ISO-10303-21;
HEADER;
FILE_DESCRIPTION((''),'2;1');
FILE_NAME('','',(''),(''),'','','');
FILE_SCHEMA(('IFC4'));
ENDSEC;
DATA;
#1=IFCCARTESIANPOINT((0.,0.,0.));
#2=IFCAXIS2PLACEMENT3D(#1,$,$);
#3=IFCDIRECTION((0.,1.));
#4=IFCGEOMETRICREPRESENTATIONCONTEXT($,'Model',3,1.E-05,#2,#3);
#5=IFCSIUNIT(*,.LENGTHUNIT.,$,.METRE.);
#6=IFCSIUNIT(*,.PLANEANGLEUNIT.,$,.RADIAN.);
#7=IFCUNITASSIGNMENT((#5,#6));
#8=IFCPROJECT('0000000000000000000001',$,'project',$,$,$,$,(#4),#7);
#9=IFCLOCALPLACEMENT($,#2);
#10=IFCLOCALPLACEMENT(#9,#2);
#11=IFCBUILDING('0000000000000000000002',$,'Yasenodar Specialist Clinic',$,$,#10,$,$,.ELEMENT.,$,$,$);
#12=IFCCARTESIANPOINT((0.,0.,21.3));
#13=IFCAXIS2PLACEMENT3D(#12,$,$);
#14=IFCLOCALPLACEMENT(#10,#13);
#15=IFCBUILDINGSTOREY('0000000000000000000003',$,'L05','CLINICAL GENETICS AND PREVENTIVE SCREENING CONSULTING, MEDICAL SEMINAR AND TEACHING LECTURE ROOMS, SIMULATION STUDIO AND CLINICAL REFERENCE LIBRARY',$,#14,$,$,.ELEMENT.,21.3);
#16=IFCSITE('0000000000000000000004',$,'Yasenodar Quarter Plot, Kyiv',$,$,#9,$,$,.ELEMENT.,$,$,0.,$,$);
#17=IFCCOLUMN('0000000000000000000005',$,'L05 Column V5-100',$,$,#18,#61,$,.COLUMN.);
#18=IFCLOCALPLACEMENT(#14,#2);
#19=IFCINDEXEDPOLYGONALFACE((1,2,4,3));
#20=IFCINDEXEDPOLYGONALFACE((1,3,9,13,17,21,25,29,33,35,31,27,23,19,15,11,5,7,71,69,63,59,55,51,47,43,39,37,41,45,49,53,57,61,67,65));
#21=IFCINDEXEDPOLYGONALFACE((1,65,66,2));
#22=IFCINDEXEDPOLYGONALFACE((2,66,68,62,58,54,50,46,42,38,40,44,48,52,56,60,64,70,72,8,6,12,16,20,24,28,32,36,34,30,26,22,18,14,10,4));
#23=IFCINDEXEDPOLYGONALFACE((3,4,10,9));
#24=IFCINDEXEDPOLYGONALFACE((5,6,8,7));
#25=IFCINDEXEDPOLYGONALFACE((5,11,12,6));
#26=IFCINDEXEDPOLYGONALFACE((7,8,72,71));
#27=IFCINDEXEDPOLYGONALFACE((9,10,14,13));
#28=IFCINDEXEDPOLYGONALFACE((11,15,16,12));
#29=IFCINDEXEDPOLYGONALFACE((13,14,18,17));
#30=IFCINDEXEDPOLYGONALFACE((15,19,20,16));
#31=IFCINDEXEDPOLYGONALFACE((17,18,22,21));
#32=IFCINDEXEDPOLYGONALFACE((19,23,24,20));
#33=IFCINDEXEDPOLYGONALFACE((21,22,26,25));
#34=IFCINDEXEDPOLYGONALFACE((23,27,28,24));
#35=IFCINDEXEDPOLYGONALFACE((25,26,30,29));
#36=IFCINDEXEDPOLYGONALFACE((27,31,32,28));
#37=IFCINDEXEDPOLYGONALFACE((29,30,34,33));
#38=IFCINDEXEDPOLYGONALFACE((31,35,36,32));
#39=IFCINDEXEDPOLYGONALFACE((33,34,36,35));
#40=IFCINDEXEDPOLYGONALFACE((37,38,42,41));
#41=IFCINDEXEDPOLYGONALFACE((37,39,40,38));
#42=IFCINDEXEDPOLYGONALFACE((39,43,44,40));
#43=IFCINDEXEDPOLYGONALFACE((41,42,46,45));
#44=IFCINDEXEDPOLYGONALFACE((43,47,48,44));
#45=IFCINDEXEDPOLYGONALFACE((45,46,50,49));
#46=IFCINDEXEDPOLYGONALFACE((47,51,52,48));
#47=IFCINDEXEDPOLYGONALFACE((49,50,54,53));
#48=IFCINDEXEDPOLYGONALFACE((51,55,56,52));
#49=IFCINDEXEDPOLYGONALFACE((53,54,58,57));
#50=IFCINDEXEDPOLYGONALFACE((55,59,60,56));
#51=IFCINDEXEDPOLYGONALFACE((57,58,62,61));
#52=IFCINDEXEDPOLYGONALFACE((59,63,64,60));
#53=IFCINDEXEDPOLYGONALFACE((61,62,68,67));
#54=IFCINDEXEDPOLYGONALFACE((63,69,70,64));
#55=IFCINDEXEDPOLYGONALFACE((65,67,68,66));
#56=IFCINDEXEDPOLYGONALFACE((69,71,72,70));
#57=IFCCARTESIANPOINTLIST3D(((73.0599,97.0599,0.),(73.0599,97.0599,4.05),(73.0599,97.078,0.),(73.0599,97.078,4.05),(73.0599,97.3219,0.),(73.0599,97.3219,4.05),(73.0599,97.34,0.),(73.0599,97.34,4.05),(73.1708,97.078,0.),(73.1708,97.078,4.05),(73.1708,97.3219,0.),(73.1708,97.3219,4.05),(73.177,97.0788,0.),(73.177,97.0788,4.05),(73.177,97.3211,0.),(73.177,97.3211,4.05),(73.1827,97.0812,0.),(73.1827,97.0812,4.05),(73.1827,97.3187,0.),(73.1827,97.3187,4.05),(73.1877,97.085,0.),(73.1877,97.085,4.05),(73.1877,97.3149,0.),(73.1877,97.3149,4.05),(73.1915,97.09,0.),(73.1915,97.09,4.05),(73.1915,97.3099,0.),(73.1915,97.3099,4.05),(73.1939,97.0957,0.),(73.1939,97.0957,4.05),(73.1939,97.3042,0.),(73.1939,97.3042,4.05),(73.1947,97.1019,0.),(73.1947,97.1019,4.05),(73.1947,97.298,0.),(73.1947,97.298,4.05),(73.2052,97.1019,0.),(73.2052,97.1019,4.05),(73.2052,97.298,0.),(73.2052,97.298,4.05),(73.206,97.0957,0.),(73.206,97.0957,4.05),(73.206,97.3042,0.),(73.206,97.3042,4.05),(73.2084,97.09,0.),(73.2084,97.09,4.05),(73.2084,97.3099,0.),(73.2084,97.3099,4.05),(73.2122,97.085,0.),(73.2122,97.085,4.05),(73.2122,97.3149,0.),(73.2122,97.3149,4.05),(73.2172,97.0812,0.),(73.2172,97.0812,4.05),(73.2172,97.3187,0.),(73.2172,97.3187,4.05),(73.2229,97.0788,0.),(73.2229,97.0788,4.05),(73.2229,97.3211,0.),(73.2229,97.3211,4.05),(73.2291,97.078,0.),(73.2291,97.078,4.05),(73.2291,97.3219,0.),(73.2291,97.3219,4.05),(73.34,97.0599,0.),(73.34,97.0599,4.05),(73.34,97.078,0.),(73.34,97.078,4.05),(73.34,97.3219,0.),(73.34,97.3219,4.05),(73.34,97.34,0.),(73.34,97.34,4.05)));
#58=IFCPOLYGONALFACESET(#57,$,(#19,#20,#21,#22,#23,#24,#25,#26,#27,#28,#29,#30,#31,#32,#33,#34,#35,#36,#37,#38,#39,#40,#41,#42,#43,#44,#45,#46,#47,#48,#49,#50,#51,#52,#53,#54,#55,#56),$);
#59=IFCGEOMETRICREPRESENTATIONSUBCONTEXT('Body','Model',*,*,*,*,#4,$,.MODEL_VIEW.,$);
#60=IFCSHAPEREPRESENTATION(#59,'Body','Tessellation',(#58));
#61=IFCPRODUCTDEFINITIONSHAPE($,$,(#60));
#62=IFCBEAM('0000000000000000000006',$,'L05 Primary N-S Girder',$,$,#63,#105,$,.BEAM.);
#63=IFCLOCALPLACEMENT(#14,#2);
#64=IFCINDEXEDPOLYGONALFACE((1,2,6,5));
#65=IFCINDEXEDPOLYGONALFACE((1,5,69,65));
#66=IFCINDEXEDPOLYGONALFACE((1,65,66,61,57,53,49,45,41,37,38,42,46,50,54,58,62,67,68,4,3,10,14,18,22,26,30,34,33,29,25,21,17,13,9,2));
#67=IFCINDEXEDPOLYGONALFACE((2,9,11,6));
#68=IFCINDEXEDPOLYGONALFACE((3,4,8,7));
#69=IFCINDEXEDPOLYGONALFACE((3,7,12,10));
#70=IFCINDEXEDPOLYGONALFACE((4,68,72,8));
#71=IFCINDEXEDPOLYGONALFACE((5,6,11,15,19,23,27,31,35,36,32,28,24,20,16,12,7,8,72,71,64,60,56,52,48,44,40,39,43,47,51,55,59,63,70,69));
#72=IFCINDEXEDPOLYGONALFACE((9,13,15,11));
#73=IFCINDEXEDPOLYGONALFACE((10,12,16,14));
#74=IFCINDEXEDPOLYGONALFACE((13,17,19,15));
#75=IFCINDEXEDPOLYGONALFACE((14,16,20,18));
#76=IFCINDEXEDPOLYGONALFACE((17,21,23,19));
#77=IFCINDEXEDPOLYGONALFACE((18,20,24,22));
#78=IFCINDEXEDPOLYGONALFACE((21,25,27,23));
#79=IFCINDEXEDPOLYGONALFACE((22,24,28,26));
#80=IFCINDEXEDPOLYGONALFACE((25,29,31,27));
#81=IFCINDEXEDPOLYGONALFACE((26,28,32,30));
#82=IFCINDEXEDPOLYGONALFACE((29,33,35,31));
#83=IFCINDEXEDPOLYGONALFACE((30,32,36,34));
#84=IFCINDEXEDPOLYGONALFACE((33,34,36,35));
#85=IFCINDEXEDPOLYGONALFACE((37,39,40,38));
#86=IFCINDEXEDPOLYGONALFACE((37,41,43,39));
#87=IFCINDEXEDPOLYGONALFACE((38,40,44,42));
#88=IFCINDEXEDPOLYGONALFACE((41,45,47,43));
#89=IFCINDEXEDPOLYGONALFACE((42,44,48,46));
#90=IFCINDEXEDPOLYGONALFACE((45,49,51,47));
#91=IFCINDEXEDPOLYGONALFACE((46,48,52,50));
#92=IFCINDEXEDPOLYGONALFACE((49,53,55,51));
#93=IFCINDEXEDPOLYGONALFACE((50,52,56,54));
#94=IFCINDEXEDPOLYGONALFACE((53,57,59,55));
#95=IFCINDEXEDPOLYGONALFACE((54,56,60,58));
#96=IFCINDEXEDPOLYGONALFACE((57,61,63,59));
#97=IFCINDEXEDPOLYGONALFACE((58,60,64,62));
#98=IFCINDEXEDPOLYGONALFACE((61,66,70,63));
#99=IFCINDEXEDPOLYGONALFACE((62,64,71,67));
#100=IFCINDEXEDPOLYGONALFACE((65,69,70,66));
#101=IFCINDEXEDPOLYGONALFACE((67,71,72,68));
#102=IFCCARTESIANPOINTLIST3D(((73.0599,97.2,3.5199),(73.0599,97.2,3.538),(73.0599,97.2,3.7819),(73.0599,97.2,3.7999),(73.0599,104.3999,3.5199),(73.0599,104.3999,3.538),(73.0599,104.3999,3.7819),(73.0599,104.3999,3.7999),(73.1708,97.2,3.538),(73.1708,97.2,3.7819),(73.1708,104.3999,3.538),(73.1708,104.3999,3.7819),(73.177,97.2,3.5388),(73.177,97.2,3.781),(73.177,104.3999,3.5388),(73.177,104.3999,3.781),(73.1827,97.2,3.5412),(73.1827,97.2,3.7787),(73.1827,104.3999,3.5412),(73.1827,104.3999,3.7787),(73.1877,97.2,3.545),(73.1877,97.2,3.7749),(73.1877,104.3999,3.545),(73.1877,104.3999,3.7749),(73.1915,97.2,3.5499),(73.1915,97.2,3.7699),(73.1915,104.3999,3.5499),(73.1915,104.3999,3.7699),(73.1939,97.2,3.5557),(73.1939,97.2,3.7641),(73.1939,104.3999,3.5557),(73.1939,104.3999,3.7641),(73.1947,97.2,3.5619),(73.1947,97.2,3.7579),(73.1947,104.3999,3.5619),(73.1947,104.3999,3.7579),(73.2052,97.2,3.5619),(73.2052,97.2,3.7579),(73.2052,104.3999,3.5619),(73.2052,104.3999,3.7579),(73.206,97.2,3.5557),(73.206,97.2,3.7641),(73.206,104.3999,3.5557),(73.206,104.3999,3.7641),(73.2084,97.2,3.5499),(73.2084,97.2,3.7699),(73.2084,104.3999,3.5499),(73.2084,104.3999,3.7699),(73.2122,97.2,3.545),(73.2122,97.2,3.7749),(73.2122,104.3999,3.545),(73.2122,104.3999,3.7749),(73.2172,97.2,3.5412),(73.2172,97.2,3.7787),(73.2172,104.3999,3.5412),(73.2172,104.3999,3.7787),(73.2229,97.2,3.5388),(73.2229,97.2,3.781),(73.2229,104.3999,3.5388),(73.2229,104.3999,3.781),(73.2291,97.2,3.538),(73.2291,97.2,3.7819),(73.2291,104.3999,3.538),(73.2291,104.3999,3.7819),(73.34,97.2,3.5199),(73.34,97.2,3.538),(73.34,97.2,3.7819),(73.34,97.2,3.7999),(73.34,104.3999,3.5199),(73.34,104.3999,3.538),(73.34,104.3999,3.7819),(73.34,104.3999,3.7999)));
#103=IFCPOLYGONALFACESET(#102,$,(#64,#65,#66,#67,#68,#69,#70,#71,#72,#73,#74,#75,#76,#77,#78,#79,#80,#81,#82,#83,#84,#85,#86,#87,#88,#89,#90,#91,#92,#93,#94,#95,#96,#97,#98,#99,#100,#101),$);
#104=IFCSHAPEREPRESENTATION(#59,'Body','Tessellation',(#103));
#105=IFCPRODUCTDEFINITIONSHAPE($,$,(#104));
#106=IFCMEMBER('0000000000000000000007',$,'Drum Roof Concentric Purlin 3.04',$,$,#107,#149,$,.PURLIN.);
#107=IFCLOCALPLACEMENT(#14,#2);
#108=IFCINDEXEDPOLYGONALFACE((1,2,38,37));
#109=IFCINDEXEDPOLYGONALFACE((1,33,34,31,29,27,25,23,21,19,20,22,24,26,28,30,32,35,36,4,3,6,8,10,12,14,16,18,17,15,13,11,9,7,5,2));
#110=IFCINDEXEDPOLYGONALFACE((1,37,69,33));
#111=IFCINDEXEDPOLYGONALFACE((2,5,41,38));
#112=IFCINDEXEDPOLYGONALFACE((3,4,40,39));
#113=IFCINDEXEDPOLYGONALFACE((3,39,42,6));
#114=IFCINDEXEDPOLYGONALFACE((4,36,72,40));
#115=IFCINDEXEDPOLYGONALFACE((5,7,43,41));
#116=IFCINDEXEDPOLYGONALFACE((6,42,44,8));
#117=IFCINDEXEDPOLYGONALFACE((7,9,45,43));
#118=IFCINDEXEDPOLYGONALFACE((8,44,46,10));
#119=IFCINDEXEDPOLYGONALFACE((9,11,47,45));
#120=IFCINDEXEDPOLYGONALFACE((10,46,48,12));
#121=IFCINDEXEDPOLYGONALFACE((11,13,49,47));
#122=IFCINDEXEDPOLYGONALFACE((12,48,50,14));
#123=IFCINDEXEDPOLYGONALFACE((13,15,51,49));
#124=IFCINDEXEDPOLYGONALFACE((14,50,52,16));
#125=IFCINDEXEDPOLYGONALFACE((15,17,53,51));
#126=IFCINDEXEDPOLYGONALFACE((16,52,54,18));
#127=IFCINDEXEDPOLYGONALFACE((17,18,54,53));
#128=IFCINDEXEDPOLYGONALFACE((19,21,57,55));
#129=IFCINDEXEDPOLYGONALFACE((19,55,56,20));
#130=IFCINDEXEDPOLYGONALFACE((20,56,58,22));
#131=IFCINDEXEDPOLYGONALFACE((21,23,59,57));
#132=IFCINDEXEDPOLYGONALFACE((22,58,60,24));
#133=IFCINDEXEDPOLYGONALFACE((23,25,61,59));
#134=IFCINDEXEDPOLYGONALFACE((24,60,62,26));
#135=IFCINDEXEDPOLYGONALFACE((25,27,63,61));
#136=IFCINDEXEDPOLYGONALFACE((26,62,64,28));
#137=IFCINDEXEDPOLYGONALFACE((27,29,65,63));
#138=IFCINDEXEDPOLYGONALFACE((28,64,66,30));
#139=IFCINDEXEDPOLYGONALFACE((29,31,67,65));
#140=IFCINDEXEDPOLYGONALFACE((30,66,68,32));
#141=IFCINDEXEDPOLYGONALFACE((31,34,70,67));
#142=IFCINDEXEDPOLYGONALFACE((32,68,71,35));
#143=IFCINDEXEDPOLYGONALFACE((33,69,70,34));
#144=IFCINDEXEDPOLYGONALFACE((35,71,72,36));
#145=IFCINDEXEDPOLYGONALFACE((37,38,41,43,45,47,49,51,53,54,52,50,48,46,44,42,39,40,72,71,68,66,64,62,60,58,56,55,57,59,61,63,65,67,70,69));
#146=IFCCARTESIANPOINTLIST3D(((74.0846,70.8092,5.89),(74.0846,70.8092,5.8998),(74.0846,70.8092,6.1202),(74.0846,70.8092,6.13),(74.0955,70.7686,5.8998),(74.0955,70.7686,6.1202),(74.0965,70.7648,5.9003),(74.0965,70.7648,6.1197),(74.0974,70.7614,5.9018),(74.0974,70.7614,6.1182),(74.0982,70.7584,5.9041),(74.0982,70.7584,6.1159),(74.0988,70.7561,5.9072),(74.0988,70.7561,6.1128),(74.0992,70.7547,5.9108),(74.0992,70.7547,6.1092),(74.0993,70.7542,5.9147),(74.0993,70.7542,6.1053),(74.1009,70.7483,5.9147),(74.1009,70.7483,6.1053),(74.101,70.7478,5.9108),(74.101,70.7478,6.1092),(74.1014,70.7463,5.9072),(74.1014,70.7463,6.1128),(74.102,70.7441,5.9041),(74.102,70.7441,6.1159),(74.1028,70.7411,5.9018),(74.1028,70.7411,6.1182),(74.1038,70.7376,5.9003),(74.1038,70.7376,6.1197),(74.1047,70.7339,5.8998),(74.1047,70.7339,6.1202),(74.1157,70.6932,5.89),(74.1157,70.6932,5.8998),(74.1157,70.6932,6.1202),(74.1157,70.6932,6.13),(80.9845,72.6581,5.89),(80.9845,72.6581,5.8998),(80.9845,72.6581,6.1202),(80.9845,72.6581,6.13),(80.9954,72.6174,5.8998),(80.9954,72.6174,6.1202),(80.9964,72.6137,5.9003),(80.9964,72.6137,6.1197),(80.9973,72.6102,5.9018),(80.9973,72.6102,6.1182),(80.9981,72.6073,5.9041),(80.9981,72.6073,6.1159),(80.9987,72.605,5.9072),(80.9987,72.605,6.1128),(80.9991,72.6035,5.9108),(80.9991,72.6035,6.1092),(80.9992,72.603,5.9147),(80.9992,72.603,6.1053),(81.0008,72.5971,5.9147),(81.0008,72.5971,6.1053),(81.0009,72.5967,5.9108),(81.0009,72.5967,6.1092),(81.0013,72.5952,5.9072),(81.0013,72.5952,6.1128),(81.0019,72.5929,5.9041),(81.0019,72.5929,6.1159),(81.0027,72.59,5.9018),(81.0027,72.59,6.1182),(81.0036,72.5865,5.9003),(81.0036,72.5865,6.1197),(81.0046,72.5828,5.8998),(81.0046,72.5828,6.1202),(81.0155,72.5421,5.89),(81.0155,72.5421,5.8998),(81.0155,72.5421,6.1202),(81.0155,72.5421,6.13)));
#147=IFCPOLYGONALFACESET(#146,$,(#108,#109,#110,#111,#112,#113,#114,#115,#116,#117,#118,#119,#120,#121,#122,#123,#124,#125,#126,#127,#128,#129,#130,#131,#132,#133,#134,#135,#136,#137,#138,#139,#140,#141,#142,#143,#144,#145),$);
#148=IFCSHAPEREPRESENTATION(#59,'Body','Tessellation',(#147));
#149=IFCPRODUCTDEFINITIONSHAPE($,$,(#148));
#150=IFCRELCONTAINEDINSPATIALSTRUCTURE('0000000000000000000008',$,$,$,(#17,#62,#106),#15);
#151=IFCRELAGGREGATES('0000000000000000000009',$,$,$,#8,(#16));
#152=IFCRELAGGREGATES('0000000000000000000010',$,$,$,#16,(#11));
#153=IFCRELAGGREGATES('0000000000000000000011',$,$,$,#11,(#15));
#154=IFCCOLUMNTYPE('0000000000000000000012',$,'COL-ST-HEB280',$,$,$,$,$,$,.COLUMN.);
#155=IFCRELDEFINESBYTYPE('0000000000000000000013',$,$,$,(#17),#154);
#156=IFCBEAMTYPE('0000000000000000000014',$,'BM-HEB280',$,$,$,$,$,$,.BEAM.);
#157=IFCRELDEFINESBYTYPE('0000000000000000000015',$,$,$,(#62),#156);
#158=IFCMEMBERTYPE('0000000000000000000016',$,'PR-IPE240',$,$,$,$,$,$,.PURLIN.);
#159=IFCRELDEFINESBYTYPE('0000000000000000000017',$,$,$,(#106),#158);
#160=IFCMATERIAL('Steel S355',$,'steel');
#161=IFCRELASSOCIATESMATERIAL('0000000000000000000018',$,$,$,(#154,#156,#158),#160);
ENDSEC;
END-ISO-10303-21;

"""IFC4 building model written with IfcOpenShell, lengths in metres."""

from ifc_helpers import new_model, si_unit, direction, frame, origin, origin_2d, place, context, subcontext, project, spatial, i_section, extrude, material, material_profile, profile_set, type_object, element, save


model = new_model("IFC4")

# Units and contexts
model_context = context("Model", 3, precision=1e-05, world=origin(), true_north=direction((0.0, 1.0)))
body_context = subcontext(model_context, "Body", "Model", "MODEL_VIEW")
ifc_project = project(units=[si_unit("LENGTHUNIT", "METRE"), si_unit("PLANEANGLEUNIT", "RADIAN")], contexts=[model_context])

# Site, building, storey
site_placement = place(None, origin())
site = spatial("IfcSite", under=ifc_project, at=site_placement, Name="Yasenodar Quarter Plot, Kyiv", CompositionType="ELEMENT", RefElevation=0.0)
building_placement = place(site_placement, origin())
building = spatial("IfcBuilding", under=site, at=building_placement, Name="Yasenodar Specialist Clinic", CompositionType="ELEMENT")
storey_placement = place(building_placement, frame((0.0, 0.0, 21.3)))
storey = spatial("IfcBuildingStorey", under=building, at=storey_placement, Name="L05", Description="CLINICAL GENETICS AND PREVENTIVE SCREENING CONSULTING, MEDICAL SEMINAR AND TEACHING LECTURE ROOMS, SIMULATION STUDIO AND CLINICAL REFERENCE LIBRARY", CompositionType="ELEMENT", Elevation=21.3)

# Column
ifc_material_1 = material(Name="Steel S355", Category="steel")
ifc_material_profile_1 = material_profile(ifc_material_1, i_section(OverallWidth=0.28, OverallDepth=0.28, WebThickness=0.0105, FlangeThickness=0.0181, FilletRadius=0.0239, at=origin_2d()), Name="HEB 280")
ifc_profile_set_1 = profile_set([ifc_material_profile_1], Name="Steel S355")
column_type = type_object("IfcColumnType", Name="COL-ST-HEB280", PredefinedType="COLUMN", material=ifc_profile_set_1)
column_placement = place(storey_placement, frame((73.2, 97.2, 0.0), z_axis=(0.0, 0.0, 1.0), x_axis=(1.0, 0.0, 0.0)))
element("IfcColumn", 1, at=column_placement, inside=storey, type_object=column_type, Name="L05 Column V5-100", PredefinedType="COLUMN", context=body_context, shape_type="SweptSolid", body=[
    extrude(i_section(OverallWidth=0.28, OverallDepth=0.28, WebThickness=0.0105, FlangeThickness=0.0181, FilletRadius=0.0239, at=origin_2d()), origin(), (0.0, 0.0, 1.0), 4.05),
])

# Beam
ifc_material_profile_2 = material_profile(ifc_material_1, i_section(OverallWidth=0.28, OverallDepth=0.28, WebThickness=0.0105, FlangeThickness=0.0181, FilletRadius=0.0239, at=origin_2d()), Name="HEB 280")
ifc_profile_set_2 = profile_set([ifc_material_profile_2], Name="Steel S355")
beam_type = type_object("IfcBeamType", Name="BM-HEB280", PredefinedType="BEAM", material=ifc_profile_set_2)
beam_placement = place(storey_placement, frame((73.2, 97.2, 3.6599), z_axis=(0.0, 1.0, 0.0), x_axis=(-1.0, 0.0, 0.0)))
element("IfcBeam", 2, at=beam_placement, inside=storey, type_object=beam_type, Name="L05 Primary N-S Girder", PredefinedType="BEAM", context=body_context, shape_type="SweptSolid", body=[
    extrude(i_section(OverallWidth=0.28, OverallDepth=0.28, WebThickness=0.0105, FlangeThickness=0.0181, FilletRadius=0.0239, at=origin_2d()), origin(), (0.0, 0.0, 1.0), 7.2),
])

# Member
ifc_material_profile_3 = material_profile(ifc_material_1, i_section(OverallWidth=0.1201, OverallDepth=0.24, WebThickness=0.0061, FlangeThickness=0.0098, FilletRadius=0.0149, at=origin_2d()), Name="IPE 240")
ifc_profile_set_3 = profile_set([ifc_material_profile_3], Name="Steel S355")
member_type_1 = type_object("IfcMemberType", Name="PR-IPE240", PredefinedType="PURLIN", material=ifc_profile_set_3)
member_1_placement = place(storey_placement, frame((81.0, 72.6001, 6.01), z_axis=(-0.965924, -0.258826, 0.0), x_axis=(0.258826, -0.965924, 0.0)))
element("IfcMember", 3, at=member_1_placement, inside=storey, type_object=member_type_1, Name="Drum Roof Concentric Purlin 3.04", PredefinedType="PURLIN", context=body_context, shape_type="SweptSolid", body=[
    extrude(i_section(OverallWidth=0.1201, OverallDepth=0.24, WebThickness=0.0061, FlangeThickness=0.0098, FilletRadius=0.0149, at=origin_2d()), origin(), (0.0, 0.0, 1.0), 7.1433),
])

save(model, "model.ifc")
